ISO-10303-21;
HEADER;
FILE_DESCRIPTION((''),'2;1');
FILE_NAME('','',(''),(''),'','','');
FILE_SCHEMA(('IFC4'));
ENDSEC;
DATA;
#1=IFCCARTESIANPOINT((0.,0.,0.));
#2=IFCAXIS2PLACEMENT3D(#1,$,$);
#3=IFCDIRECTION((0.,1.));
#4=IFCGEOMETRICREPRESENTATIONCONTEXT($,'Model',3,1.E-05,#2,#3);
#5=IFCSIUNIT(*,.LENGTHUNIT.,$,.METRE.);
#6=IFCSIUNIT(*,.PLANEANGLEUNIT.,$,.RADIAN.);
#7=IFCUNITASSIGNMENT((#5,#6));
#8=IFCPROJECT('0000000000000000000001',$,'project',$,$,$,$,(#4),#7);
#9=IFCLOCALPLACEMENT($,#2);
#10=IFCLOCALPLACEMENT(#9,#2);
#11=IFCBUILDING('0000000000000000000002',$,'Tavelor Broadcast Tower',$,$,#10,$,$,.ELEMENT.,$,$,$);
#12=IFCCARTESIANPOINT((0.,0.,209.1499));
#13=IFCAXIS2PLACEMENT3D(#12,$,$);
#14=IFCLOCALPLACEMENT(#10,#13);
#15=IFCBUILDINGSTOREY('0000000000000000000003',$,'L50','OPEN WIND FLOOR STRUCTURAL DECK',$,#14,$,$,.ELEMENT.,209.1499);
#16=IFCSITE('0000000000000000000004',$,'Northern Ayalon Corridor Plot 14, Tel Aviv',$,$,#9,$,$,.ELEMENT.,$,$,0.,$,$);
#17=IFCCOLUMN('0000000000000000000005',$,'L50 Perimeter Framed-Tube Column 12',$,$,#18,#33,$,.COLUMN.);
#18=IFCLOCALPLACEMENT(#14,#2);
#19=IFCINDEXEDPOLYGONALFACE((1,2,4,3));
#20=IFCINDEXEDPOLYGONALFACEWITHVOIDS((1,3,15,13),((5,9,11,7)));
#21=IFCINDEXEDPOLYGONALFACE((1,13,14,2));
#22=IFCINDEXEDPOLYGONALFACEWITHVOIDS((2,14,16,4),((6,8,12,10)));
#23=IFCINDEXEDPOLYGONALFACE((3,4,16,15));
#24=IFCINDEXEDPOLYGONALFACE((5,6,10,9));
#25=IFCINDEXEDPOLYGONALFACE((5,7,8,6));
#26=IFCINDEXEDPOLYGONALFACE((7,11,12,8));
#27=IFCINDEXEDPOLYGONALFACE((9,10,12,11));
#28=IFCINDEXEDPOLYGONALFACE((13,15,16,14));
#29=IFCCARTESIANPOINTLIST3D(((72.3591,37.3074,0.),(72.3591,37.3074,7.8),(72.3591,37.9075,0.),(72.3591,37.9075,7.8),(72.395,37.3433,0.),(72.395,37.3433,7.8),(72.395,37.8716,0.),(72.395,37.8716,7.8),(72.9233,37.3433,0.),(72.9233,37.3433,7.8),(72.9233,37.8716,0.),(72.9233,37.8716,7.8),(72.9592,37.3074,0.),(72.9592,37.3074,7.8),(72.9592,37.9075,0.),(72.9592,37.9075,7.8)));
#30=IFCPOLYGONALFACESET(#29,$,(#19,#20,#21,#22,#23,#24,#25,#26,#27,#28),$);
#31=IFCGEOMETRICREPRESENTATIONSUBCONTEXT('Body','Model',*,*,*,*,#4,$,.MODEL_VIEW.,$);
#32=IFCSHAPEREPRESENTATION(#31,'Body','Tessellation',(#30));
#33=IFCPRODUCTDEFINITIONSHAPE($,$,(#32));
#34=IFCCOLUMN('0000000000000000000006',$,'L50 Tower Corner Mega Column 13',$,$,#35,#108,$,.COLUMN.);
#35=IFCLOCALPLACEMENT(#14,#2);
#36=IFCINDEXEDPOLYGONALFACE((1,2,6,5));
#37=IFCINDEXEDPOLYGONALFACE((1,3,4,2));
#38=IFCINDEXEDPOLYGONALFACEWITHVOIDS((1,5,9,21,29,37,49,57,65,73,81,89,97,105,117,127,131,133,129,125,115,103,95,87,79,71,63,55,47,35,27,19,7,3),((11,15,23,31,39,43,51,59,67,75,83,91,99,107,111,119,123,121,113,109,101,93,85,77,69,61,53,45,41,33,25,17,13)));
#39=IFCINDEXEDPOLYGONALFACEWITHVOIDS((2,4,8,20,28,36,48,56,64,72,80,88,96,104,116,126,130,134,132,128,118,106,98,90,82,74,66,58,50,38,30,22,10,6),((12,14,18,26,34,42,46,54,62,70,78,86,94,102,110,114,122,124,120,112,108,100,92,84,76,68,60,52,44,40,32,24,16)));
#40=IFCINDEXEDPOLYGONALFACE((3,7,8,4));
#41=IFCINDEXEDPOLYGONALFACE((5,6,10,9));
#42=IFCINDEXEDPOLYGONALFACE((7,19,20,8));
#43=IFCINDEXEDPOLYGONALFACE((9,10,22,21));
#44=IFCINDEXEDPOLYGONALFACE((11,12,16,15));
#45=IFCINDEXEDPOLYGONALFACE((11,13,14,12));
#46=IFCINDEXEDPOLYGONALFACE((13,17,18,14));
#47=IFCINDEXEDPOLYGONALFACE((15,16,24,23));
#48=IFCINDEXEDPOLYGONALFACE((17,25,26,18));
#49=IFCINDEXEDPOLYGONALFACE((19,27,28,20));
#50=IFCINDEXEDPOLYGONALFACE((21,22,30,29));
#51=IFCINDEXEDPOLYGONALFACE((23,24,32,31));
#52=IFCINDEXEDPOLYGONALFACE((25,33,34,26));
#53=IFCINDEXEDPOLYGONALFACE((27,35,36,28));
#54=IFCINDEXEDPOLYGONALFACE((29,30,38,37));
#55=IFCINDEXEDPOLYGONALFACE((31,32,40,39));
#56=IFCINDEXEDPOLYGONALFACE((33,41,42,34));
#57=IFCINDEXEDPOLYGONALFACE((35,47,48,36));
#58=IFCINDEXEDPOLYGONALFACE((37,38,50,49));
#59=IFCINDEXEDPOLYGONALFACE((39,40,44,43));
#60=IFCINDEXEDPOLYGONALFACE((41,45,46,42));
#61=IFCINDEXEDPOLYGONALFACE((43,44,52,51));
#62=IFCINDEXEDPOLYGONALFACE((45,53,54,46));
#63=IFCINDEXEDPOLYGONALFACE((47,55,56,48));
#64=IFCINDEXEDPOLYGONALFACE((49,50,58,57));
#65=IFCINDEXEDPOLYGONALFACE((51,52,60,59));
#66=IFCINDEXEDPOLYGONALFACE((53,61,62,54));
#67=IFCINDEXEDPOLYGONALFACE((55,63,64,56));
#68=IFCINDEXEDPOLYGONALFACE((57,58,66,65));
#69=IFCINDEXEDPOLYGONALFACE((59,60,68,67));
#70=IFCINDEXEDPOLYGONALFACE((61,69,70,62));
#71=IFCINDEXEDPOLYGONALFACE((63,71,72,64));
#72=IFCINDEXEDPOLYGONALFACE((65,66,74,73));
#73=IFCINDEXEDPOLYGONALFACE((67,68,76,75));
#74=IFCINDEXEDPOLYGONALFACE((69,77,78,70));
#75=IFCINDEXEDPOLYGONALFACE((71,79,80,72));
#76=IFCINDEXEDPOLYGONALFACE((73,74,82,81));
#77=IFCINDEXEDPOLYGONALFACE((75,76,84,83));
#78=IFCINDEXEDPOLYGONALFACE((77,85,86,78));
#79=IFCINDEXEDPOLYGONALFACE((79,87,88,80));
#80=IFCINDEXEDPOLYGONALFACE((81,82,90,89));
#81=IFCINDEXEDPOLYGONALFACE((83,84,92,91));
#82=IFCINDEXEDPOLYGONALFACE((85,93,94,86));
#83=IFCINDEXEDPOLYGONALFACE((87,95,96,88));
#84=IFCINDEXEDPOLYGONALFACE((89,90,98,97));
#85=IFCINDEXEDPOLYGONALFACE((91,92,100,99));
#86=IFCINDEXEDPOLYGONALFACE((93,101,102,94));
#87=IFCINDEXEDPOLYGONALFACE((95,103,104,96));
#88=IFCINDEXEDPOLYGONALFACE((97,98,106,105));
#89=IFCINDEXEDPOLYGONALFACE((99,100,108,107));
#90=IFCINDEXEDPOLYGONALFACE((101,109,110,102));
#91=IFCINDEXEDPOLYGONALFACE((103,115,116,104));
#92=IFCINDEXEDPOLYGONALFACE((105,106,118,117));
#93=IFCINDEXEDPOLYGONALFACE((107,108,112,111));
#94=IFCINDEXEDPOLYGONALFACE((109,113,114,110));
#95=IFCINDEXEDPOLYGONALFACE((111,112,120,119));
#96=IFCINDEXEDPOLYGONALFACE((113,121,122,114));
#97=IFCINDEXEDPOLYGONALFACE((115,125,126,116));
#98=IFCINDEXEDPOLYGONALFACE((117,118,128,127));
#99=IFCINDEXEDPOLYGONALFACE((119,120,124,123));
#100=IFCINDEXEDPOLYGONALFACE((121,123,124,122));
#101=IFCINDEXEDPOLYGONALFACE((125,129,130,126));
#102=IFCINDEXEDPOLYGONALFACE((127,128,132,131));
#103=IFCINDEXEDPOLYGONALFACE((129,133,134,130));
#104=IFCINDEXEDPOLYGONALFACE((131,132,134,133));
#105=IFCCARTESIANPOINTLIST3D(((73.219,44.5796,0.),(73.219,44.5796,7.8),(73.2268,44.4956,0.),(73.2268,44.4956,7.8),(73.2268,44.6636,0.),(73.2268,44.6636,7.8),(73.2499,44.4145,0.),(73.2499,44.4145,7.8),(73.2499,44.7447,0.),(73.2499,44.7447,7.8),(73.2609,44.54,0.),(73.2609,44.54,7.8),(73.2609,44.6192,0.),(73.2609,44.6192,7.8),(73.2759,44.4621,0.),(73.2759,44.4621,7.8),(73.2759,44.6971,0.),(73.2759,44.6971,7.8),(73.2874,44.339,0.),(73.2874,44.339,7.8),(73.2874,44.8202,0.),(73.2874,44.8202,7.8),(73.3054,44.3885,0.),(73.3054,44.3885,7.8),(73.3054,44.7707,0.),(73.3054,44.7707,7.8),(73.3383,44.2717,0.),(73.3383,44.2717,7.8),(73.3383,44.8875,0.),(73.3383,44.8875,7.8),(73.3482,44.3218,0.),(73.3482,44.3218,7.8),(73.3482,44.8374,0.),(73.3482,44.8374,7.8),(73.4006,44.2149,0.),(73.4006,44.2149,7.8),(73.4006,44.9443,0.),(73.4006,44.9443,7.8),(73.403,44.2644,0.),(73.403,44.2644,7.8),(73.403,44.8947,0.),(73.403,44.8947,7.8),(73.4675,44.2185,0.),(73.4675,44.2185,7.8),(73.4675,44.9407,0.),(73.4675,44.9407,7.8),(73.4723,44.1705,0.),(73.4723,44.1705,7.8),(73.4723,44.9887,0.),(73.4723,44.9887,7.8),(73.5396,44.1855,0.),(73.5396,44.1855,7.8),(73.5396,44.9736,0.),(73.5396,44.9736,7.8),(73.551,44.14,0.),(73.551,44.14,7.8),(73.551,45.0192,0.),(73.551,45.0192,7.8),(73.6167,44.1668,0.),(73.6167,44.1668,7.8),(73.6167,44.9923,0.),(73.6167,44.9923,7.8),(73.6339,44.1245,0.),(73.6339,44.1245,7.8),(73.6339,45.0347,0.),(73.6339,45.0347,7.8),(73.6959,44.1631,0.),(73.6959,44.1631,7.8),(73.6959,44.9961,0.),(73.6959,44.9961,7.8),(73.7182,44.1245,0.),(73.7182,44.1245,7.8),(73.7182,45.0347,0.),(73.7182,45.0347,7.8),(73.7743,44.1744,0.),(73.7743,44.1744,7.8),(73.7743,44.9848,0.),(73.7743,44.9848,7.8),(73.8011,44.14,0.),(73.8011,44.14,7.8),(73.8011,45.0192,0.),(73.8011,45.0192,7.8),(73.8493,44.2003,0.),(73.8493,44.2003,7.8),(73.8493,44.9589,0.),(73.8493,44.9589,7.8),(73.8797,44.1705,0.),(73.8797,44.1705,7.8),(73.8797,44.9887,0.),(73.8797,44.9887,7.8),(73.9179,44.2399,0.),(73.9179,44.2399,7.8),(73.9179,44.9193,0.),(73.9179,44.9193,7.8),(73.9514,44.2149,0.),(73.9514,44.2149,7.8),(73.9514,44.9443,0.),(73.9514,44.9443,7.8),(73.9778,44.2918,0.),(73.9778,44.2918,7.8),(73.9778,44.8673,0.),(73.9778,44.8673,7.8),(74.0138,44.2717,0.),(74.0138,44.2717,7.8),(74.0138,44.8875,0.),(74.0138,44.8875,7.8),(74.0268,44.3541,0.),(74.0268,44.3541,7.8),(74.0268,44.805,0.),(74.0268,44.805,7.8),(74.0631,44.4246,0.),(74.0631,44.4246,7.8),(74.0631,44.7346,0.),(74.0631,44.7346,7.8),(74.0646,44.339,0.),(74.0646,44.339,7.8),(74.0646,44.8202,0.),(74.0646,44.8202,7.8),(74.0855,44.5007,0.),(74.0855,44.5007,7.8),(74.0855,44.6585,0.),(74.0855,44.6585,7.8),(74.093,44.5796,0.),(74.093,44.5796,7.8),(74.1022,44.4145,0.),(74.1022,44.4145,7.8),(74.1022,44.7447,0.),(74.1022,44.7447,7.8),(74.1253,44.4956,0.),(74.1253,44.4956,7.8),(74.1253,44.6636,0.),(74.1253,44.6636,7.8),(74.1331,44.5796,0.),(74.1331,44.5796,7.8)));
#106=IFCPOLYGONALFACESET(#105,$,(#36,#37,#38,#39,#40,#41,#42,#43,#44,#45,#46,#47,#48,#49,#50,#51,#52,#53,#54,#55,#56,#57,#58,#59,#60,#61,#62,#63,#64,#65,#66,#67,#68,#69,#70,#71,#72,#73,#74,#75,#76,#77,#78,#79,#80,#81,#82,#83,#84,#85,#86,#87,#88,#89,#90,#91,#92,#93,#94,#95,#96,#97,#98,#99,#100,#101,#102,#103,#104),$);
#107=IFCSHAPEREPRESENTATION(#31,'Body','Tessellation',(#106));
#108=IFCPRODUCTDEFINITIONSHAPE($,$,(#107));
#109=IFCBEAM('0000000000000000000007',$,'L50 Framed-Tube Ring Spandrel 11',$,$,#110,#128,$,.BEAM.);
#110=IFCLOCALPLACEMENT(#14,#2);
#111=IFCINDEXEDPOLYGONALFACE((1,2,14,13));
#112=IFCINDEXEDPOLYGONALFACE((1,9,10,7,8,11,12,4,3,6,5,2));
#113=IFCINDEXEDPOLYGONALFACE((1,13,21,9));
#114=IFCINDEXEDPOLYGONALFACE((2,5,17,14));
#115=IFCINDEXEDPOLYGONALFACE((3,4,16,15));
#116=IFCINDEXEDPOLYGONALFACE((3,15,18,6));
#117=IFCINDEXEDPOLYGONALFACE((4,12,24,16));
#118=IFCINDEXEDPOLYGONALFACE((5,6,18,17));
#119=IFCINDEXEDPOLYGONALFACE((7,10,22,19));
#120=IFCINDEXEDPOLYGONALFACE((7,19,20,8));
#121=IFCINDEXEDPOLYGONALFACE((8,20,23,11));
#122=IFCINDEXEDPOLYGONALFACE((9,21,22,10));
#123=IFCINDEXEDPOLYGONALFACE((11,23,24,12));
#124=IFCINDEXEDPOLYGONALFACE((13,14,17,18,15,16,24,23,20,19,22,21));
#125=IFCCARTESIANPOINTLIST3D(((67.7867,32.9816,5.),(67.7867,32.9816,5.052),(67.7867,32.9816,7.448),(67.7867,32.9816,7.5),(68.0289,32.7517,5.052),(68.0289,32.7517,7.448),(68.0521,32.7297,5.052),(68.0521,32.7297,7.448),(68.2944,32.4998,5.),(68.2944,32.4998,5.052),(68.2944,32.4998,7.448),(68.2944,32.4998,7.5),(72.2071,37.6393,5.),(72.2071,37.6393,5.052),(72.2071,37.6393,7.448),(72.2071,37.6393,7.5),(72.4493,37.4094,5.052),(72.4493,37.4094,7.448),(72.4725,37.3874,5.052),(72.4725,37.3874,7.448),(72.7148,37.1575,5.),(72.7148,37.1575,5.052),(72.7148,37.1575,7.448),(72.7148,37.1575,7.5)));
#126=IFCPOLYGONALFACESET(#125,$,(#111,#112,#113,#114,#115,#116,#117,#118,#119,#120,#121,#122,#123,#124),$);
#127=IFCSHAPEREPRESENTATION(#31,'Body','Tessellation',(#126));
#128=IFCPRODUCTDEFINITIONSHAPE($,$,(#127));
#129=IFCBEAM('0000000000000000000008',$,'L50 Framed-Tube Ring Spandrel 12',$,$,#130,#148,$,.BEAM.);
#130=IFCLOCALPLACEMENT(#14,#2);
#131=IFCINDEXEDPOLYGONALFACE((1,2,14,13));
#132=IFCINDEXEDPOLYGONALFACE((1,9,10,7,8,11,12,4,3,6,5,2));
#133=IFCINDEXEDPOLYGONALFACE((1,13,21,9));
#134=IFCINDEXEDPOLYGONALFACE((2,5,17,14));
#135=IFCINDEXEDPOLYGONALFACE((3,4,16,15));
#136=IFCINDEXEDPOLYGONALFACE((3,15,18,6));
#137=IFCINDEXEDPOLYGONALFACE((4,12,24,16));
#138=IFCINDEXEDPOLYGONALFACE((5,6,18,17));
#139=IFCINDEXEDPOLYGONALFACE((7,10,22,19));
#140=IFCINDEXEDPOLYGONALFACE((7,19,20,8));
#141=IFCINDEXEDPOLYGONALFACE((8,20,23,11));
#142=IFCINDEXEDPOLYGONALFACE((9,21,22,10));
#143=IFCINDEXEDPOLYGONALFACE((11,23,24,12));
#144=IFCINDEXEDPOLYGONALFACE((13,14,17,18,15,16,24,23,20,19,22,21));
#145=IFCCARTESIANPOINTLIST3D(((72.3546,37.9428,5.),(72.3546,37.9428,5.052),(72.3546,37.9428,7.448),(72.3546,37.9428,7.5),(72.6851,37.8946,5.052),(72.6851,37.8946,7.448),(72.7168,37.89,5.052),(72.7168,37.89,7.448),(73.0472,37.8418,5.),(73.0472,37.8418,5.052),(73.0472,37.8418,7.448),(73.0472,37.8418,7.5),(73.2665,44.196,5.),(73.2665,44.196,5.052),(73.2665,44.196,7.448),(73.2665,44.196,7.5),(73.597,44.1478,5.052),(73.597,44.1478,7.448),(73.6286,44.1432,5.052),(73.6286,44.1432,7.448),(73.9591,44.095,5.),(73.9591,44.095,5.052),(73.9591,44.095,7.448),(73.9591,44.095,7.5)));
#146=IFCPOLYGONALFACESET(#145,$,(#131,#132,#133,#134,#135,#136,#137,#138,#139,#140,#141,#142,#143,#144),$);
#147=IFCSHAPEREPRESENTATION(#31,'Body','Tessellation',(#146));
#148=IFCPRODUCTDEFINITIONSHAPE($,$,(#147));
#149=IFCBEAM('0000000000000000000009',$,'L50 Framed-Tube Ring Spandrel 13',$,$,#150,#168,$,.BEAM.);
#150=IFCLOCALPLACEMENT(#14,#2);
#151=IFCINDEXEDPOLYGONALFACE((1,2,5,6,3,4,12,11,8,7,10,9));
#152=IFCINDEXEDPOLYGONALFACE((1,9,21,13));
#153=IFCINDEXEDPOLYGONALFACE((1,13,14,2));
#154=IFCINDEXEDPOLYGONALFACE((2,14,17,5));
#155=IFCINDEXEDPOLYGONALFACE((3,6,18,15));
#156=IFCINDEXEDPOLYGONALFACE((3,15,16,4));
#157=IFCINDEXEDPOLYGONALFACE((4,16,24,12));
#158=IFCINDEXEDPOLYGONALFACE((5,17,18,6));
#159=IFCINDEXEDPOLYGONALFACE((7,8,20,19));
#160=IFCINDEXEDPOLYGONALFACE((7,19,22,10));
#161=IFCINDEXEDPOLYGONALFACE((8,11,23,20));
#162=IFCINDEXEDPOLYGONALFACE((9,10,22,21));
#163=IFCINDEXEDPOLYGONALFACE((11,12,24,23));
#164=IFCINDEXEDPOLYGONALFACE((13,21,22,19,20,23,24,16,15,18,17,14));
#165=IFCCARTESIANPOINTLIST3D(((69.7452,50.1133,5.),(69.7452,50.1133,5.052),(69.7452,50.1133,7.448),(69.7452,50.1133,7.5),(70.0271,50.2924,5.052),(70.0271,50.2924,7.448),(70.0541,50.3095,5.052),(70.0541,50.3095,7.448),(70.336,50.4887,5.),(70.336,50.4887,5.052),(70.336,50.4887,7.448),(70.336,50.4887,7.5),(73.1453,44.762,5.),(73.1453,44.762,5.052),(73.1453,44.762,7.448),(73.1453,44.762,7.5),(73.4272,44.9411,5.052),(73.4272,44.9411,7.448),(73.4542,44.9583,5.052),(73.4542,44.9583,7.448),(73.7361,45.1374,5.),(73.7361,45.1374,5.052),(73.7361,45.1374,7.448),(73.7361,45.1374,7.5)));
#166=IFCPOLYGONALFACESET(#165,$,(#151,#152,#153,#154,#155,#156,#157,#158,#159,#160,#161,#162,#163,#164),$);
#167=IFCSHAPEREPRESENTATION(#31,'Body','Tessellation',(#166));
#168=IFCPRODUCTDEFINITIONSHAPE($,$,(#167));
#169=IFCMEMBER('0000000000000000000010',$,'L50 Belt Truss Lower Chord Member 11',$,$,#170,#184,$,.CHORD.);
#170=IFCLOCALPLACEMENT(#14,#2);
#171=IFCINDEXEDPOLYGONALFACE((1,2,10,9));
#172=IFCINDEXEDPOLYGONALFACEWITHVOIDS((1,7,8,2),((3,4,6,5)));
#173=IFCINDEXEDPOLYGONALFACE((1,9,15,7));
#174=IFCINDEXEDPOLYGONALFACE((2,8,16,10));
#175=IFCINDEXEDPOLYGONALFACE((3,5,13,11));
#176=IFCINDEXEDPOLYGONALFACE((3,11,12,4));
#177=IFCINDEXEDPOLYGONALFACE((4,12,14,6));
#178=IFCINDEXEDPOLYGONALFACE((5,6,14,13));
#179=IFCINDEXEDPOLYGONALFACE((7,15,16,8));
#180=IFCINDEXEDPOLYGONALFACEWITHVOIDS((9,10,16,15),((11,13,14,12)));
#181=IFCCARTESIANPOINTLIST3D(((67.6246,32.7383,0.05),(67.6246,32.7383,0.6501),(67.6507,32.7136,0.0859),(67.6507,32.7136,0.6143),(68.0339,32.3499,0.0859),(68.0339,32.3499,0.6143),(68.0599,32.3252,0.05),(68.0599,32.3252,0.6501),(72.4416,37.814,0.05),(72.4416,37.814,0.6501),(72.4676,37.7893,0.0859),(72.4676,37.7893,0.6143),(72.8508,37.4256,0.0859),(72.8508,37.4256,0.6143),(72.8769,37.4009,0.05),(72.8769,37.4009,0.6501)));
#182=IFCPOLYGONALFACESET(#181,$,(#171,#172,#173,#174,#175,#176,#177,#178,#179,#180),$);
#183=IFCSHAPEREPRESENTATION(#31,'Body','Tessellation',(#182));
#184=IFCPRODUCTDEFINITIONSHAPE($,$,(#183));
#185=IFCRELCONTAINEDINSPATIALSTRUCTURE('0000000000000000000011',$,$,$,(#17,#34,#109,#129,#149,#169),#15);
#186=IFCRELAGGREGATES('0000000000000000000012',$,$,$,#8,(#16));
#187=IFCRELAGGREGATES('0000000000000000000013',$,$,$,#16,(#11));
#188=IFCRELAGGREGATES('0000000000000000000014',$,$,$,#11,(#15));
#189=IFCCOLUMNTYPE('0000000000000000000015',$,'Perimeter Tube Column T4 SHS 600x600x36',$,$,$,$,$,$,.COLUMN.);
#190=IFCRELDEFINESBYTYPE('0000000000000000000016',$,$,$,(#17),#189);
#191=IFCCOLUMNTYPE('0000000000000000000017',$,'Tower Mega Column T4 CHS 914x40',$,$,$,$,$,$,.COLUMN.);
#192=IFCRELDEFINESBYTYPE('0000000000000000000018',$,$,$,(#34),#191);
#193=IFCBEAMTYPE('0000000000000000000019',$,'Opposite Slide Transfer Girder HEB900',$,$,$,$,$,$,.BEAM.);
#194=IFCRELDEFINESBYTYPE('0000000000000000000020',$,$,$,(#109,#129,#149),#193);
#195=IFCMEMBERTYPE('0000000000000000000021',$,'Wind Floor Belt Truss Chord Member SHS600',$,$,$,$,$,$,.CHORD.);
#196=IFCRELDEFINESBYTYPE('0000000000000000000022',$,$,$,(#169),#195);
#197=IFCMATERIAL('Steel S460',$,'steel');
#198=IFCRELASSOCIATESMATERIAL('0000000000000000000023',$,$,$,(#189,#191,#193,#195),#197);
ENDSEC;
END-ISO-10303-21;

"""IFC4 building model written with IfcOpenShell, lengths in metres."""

from ifc_helpers import new_model, si_unit, direction, frame, origin, origin_2d, place, context, subcontext, project, spatial, hollow_rectangle, hollow_circle, i_section, extrude, material, material_profile, profile_set, type_object, element, save


model = new_model("IFC4")

# Units and contexts
model_context = context("Model", 3, precision=1e-05, world=origin(), true_north=direction((0.0, 1.0)))
body_context = subcontext(model_context, "Body", "Model", "MODEL_VIEW")
ifc_project = project(units=[si_unit("LENGTHUNIT", "METRE"), si_unit("PLANEANGLEUNIT", "RADIAN")], contexts=[model_context])

# Site, building, storey
site_placement = place(None, origin())
site = spatial("IfcSite", under=ifc_project, at=site_placement, Name="Northern Ayalon Corridor Plot 14, Tel Aviv", CompositionType="ELEMENT", RefElevation=0.0)
building_placement = place(site_placement, origin())
building = spatial("IfcBuilding", under=site, at=building_placement, Name="Tavelor Broadcast Tower", CompositionType="ELEMENT")
storey_placement = place(building_placement, frame((0.0, 0.0, 209.1499)))
storey = spatial("IfcBuildingStorey", under=building, at=storey_placement, Name="L50", Description="OPEN WIND FLOOR STRUCTURAL DECK", CompositionType="ELEMENT", Elevation=209.1499)

# Columns
ifc_material_1 = material(Name="Steel S460", Category="steel")
ifc_material_profile_1 = material_profile(ifc_material_1, hollow_rectangle(XDim=0.6001, YDim=0.6001, WallThickness=0.0359, at=origin_2d()), Name="SHS 600x600x36")
ifc_profile_set_1 = profile_set([ifc_material_profile_1], Name="Steel S460")
column_type_1 = type_object("IfcColumnType", Name="Perimeter Tube Column T4 SHS 600x600x36", PredefinedType="COLUMN", material=ifc_profile_set_1)
column_1_placement = place(storey_placement, frame((72.6592, 37.6074, 0.0), z_axis=(0.0, 0.0, 1.0), x_axis=(1.0, 0.0, 0.0)))
element("IfcColumn", 1, at=column_1_placement, inside=storey, type_object=column_type_1, Name="L50 Perimeter Framed-Tube Column 12", PredefinedType="COLUMN", context=body_context, shape_type="SweptSolid", body=[
    extrude(hollow_rectangle(XDim=0.6001, YDim=0.6001, WallThickness=0.0359, at=origin_2d()), origin(), (0.0, 0.0, 1.0), 7.8),
])
ifc_material_profile_2 = material_profile(ifc_material_1, hollow_circle(Radius=0.457, WallThickness=0.04, at=origin_2d()), Name="CHS 914x40")
ifc_profile_set_2 = profile_set([ifc_material_profile_2], Name="Steel S460")
column_type_2 = type_object("IfcColumnType", Name="Tower Mega Column T4 CHS 914x40", PredefinedType="COLUMN", material=ifc_profile_set_2)
column_2_placement = place(storey_placement, frame((73.676, 44.5796, 0.0), z_axis=(0.0, 0.0, 1.0), x_axis=(1.0, 0.0, 0.0)))
element("IfcColumn", 2, at=column_2_placement, inside=storey, type_object=column_type_2, Name="L50 Tower Corner Mega Column 13", PredefinedType="COLUMN", context=body_context, shape_type="SweptSolid", body=[
    extrude(hollow_circle(Radius=0.457, WallThickness=0.04, at=origin_2d()), origin(), (0.0, 0.0, 1.0), 7.8),
])

# Beams
ifc_material_profile_3 = material_profile(ifc_material_1, i_section(OverallWidth=0.7, OverallDepth=2.5, WebThickness=0.032, FlangeThickness=0.052, at=origin_2d()), Name="PG 2500x700")
ifc_profile_set_3 = profile_set([ifc_material_profile_3], Name="Steel S460")
beam_type = type_object("IfcBeamType", Name="Opposite Slide Transfer Girder HEB900", PredefinedType="BEAM", material=ifc_profile_set_3)
beam_1_placement = place(storey_placement, frame((68.0405, 32.7407, 6.25), z_axis=(0.688388, 0.725343, 0.0), x_axis=(-0.725343, 0.688388, 0.0)))
element("IfcBeam", 3, at=beam_1_placement, inside=storey, type_object=beam_type, Name="L50 Framed-Tube Ring Spandrel 11", PredefinedType="BEAM", context=body_context, shape_type="SweptSolid", body=[
    extrude(i_section(OverallWidth=0.7, OverallDepth=2.5, WebThickness=0.032, FlangeThickness=0.052, at=origin_2d()), origin(), (0.0, 0.0, 1.0), 6.4214),
])
beam_2_placement = place(storey_placement, frame((72.7009, 37.8923, 6.25), z_axis=(0.144298, 0.989534, 0.0), x_axis=(-0.989534, 0.144298, 0.0)))
element("IfcBeam", 4, at=beam_2_placement, inside=storey, type_object=beam_type, Name="L50 Framed-Tube Ring Spandrel 12", PredefinedType="BEAM", context=body_context, shape_type="SweptSolid", body=[
    extrude(i_section(OverallWidth=0.7, OverallDepth=2.5, WebThickness=0.032, FlangeThickness=0.052, at=origin_2d()), origin(), (0.0, 0.0, 1.0), 6.3193),
])
beam_3_placement = place(storey_placement, frame((73.4407, 44.9497, 6.25), z_axis=(-0.536287, 0.844035, 0.0), x_axis=(-0.844035, -0.536287, 0.0)))
element("IfcBeam", 5, at=beam_3_placement, inside=storey, type_object=beam_type, Name="L50 Framed-Tube Ring Spandrel 13", PredefinedType="BEAM", context=body_context, shape_type="SweptSolid", body=[
    extrude(i_section(OverallWidth=0.7, OverallDepth=2.5, WebThickness=0.032, FlangeThickness=0.052, at=origin_2d()), origin(), (0.0, 0.0, 1.0), 6.3401),
])

# Member
ifc_material_profile_4 = material_profile(ifc_material_1, hollow_rectangle(XDim=0.6001, YDim=0.6001, WallThickness=0.0359, at=origin_2d()), Name="SHS 600x600x36")
ifc_profile_set_4 = profile_set([ifc_material_profile_4], Name="Steel S460")
member_type_1 = type_object("IfcMemberType", Name="Wind Floor Belt Truss Chord Member SHS600", PredefinedType="CHORD", material=ifc_profile_set_4)
member_1_placement = place(storey_placement, frame((67.8423, 32.5317, 0.3501), z_axis=(0.688373, 0.725356, 0.0), x_axis=(-0.725356, 0.688373, 0.0)))
element("IfcMember", 6, at=member_1_placement, inside=storey, type_object=member_type_1, Name="L50 Belt Truss Lower Chord Member 11", PredefinedType="CHORD", context=body_context, shape_type="SweptSolid", body=[
    extrude(hollow_rectangle(XDim=0.6001, YDim=0.6001, WallThickness=0.0359, at=origin_2d()), origin(), (0.0, 0.0, 1.0), 6.9976),
])

save(model, "model.ifc")
